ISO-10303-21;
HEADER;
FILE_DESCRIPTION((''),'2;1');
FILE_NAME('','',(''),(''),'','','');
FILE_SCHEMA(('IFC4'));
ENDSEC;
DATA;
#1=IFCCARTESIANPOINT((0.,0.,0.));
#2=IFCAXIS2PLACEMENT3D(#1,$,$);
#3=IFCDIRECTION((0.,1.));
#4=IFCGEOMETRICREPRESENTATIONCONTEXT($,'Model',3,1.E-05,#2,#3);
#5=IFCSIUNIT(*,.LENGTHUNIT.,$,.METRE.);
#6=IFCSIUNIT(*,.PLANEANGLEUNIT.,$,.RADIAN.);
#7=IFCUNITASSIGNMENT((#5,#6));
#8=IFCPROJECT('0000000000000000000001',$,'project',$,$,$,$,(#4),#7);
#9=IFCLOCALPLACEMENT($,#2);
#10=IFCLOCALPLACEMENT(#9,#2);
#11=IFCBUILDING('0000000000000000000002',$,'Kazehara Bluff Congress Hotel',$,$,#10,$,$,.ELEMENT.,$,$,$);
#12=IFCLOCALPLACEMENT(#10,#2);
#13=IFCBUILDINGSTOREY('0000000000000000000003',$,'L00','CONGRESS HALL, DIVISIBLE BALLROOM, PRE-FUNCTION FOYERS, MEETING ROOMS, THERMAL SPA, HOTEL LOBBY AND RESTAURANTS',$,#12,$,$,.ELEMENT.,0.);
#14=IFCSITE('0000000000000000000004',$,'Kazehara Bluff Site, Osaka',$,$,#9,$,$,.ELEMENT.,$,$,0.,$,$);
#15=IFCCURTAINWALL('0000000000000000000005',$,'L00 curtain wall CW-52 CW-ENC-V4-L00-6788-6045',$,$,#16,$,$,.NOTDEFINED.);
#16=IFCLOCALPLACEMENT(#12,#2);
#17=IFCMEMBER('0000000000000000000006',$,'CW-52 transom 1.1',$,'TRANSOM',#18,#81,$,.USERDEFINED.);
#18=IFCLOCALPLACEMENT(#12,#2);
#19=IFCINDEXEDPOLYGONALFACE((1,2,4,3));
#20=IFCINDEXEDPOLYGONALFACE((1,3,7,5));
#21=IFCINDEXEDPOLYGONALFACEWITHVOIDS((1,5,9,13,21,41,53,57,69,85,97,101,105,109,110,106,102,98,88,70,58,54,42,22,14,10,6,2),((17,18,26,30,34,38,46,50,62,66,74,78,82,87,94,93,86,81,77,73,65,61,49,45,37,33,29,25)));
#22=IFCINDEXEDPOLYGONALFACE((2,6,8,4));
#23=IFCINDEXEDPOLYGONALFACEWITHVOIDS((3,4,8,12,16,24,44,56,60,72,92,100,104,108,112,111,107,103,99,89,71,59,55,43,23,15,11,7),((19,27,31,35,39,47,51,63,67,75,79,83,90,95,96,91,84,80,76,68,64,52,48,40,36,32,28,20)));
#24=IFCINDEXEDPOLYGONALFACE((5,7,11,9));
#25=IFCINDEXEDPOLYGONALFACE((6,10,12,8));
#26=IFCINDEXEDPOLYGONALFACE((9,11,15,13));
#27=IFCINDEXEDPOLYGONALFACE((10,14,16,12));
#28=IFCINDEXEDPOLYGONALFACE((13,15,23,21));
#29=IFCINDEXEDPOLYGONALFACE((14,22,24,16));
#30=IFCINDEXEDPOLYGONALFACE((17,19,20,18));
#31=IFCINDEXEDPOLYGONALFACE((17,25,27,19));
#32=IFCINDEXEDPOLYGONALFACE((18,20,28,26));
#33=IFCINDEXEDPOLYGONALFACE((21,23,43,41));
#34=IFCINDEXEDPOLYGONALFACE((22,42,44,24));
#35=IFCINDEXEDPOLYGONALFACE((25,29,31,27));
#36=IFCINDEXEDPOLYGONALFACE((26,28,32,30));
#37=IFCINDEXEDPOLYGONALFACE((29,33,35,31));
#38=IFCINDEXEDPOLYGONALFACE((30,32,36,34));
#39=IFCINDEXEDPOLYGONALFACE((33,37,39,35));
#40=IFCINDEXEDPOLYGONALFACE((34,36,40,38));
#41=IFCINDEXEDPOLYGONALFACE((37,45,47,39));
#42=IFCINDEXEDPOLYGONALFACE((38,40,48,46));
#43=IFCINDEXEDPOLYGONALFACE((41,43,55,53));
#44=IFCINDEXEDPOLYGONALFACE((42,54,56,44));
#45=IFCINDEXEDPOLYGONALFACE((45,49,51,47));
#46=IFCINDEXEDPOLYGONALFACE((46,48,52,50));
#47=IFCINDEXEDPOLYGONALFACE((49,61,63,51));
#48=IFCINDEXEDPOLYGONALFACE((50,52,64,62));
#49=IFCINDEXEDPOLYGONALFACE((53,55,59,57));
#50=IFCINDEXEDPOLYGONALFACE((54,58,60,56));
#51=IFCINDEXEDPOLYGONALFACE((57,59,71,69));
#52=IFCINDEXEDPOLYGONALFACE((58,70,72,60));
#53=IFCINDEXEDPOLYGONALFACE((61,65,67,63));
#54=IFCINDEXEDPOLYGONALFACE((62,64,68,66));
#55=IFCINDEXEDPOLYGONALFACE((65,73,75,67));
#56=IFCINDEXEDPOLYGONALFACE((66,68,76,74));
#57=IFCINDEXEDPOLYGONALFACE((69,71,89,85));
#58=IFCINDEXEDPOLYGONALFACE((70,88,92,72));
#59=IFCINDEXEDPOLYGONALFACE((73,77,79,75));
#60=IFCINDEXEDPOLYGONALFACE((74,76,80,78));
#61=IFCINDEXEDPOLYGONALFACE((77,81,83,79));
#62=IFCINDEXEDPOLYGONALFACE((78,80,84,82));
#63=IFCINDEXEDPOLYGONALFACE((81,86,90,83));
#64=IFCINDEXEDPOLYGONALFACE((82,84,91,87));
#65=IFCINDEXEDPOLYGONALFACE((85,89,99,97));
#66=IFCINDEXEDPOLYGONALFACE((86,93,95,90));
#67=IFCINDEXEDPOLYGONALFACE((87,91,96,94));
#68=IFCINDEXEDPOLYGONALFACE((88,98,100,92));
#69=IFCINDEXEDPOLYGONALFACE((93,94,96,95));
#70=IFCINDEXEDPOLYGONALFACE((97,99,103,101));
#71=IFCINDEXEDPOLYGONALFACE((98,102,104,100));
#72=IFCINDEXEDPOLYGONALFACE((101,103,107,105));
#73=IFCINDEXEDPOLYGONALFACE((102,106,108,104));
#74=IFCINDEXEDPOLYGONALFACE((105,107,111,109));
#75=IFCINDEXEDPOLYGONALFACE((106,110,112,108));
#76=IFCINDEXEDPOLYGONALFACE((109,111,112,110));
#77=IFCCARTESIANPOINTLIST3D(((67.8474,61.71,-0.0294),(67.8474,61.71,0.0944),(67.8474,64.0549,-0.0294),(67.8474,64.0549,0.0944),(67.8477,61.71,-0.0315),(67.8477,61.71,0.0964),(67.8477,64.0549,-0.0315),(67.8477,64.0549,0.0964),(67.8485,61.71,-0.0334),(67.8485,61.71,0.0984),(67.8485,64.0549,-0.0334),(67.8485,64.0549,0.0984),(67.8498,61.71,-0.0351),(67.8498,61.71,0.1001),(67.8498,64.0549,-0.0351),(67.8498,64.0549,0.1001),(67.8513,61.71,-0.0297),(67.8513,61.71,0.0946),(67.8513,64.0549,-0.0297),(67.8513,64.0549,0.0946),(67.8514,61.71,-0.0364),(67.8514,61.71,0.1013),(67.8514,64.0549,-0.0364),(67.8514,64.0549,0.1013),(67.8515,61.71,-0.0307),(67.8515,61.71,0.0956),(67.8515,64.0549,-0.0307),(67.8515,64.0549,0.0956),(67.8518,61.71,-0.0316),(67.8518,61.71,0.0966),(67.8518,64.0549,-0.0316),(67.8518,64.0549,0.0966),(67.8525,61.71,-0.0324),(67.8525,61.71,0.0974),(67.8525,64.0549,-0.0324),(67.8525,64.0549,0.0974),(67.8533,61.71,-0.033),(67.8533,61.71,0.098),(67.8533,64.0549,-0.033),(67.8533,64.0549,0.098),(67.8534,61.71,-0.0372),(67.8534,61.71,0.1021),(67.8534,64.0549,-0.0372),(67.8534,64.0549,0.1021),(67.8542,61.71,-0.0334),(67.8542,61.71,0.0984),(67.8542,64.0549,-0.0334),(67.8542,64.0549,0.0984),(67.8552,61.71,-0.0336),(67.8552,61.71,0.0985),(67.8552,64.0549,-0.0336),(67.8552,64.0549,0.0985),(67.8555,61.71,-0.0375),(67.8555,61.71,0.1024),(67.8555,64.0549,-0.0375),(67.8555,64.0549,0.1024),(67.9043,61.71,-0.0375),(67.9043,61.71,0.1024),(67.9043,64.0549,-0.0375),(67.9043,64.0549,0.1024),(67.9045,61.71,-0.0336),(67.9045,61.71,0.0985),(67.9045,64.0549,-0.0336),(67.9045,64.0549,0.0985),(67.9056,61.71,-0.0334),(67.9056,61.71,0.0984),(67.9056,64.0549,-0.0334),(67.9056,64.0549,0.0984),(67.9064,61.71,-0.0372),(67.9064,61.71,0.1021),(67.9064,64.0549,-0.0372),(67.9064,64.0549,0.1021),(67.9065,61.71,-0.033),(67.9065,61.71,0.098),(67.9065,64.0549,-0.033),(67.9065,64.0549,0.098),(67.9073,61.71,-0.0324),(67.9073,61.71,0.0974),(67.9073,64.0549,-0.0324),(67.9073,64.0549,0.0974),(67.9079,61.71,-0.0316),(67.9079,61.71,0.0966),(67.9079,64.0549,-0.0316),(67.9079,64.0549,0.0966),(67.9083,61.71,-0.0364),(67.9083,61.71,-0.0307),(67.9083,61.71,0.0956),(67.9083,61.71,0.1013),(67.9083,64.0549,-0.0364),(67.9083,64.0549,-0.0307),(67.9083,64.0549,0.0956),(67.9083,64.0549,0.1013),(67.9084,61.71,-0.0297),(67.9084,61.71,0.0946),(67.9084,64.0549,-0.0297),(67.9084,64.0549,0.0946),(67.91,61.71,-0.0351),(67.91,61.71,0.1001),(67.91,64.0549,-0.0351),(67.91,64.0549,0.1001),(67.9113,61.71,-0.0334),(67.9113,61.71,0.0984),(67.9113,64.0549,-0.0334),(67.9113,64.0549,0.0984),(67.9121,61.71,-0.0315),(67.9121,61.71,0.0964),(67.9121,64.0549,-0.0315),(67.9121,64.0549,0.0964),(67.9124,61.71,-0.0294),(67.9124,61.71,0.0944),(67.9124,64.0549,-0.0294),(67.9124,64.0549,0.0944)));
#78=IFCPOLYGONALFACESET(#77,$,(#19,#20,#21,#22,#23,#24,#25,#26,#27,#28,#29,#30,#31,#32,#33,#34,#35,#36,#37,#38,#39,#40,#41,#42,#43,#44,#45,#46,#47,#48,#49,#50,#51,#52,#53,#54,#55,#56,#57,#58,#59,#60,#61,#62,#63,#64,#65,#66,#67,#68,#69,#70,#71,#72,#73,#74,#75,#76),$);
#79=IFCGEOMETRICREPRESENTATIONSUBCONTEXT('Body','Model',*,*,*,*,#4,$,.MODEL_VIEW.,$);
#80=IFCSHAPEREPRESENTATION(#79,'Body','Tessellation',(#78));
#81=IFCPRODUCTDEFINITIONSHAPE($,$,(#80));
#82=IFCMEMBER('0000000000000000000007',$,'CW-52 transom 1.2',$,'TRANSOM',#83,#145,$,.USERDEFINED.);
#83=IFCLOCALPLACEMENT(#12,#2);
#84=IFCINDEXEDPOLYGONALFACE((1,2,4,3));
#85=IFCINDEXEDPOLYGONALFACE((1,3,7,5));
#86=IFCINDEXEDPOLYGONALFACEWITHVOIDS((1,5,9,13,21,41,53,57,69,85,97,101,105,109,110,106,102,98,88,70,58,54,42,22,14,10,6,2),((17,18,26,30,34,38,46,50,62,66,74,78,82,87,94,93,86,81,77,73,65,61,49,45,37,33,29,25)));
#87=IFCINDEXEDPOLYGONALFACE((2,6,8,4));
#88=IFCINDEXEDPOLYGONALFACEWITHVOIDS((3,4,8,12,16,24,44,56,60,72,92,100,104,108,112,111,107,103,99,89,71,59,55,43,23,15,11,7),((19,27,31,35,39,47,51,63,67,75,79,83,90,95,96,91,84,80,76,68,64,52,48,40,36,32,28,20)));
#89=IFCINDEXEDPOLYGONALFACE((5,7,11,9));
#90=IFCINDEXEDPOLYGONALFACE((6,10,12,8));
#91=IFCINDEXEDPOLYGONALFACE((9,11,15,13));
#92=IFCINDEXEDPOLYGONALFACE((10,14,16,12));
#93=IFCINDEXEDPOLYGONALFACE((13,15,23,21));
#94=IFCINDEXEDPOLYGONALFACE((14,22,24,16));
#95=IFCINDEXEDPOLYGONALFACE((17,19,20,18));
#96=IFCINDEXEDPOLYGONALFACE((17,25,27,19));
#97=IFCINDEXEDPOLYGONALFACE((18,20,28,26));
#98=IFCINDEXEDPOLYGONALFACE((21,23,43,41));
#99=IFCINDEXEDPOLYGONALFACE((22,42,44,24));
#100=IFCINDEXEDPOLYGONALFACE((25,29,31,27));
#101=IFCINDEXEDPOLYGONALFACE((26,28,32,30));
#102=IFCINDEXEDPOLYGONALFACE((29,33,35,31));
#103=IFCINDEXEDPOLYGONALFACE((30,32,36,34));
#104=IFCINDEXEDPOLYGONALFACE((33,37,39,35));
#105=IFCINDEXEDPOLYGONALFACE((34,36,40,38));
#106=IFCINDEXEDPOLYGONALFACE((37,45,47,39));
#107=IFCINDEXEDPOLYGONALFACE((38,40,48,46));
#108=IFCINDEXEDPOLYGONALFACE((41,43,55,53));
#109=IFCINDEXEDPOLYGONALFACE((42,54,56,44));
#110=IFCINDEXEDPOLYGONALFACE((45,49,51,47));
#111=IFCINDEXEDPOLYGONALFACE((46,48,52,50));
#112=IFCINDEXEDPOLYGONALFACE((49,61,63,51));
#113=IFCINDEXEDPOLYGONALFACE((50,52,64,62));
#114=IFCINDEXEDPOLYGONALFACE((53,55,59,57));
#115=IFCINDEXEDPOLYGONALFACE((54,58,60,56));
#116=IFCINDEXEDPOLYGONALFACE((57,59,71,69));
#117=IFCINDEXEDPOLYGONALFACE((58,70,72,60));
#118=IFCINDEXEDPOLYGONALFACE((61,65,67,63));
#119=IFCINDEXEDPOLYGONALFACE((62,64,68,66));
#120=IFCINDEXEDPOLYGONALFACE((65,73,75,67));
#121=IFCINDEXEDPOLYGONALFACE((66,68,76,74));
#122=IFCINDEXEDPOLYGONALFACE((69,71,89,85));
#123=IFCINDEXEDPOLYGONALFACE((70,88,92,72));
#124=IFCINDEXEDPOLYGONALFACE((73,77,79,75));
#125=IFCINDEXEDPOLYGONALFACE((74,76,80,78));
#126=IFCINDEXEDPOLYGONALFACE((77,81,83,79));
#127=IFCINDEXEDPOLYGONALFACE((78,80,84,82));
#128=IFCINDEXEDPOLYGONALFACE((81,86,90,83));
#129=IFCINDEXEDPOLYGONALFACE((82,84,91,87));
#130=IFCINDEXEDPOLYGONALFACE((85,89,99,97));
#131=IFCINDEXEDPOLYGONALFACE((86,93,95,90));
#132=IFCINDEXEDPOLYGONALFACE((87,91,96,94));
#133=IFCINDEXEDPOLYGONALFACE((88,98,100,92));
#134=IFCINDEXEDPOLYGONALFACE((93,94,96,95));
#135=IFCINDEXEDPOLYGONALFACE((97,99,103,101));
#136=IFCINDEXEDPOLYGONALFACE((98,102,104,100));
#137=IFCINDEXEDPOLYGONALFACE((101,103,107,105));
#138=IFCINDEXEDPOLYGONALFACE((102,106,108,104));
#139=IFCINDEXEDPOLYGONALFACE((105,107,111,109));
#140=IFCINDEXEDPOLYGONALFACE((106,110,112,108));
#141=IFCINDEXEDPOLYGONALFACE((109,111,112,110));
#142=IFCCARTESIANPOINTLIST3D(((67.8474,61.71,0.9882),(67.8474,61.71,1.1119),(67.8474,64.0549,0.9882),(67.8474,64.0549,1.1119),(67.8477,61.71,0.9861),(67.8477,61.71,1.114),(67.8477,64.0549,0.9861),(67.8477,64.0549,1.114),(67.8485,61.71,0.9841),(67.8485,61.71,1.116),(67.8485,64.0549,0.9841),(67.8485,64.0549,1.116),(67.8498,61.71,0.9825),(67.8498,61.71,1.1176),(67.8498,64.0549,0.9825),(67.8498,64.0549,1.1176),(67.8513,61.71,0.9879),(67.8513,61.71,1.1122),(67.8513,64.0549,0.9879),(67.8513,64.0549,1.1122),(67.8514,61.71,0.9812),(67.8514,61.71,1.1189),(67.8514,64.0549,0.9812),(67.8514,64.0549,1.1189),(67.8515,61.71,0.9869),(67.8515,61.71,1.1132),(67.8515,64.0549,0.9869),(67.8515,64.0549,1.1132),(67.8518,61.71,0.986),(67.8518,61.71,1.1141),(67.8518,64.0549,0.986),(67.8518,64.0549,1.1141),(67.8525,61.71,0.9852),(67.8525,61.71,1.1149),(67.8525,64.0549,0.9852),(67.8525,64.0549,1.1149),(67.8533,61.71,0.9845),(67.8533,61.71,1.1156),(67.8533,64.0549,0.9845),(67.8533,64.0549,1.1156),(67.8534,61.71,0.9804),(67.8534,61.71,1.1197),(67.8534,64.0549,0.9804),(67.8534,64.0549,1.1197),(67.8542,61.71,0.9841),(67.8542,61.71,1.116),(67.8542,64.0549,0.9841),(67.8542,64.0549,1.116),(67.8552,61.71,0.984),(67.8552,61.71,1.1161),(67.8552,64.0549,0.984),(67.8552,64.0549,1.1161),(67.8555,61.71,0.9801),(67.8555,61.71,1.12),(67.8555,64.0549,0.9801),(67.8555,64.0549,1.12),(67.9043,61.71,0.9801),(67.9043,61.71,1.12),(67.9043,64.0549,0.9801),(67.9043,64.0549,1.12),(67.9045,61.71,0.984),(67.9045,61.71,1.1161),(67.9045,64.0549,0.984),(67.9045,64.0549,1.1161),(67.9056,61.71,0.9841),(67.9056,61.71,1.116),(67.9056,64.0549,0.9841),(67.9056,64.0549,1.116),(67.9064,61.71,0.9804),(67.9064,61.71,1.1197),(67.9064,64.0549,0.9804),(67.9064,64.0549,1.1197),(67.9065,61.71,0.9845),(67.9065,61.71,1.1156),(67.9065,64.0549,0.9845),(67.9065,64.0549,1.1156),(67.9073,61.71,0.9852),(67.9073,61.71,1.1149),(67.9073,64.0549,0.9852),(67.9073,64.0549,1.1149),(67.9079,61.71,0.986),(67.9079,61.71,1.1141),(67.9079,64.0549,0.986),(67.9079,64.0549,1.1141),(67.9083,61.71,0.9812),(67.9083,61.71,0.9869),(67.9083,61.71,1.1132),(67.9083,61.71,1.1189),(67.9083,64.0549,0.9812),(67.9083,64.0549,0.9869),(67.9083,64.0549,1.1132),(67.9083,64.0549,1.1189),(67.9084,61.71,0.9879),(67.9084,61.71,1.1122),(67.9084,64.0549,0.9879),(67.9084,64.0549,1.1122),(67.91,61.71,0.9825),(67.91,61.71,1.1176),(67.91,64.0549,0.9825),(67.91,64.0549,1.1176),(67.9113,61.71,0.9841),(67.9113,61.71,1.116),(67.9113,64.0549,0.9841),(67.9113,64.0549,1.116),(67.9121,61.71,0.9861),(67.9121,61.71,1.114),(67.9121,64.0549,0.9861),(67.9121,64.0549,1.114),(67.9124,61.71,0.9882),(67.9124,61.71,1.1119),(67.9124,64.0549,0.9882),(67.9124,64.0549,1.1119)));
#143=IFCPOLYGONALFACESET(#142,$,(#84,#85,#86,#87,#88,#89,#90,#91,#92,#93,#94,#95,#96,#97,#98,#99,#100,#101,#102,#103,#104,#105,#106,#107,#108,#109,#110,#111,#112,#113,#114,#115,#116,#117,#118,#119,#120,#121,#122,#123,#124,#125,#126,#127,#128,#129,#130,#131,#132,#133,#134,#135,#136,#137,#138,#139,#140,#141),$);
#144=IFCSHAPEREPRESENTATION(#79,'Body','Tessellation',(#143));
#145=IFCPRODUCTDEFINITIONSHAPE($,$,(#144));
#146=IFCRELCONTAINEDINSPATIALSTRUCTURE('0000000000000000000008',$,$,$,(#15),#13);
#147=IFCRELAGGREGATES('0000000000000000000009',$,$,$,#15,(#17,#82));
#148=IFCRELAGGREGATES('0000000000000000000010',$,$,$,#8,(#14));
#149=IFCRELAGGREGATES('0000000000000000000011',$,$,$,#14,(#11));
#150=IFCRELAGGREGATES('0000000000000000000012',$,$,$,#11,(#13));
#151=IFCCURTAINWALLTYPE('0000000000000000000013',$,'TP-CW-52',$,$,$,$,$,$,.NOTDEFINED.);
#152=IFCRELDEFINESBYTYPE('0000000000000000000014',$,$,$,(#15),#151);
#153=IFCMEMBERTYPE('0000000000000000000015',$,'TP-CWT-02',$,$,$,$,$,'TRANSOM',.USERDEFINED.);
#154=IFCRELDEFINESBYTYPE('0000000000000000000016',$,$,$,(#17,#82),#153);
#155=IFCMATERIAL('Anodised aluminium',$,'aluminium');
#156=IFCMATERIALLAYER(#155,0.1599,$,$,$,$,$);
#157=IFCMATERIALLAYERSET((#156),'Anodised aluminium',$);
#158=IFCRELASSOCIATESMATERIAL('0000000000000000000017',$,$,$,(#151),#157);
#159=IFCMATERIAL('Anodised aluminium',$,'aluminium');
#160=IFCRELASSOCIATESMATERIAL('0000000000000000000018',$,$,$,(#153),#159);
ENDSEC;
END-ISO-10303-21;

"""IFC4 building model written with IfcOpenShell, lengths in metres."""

from ifc_helpers import new_model, si_unit, direction, frame, origin, origin_2d, place, context, subcontext, project, spatial, hollow_rectangle, extrude, material, layer, layer_set, material_profile, profile_set, type_object, element, aggregate, save


model = new_model("IFC4")

# Units and contexts
model_context = context("Model", 3, precision=1e-05, world=origin(), true_north=direction((0.0, 1.0)))
body_context = subcontext(model_context, "Body", "Model", "MODEL_VIEW")
ifc_project = project(units=[si_unit("LENGTHUNIT", "METRE"), si_unit("PLANEANGLEUNIT", "RADIAN")], contexts=[model_context])

# Site, building, storey
site_placement = place(None, origin())
site = spatial("IfcSite", under=ifc_project, at=site_placement, Name="Kazehara Bluff Site, Osaka", CompositionType="ELEMENT", RefElevation=0.0)
building_placement = place(site_placement, origin())
building = spatial("IfcBuilding", under=site, at=building_placement, Name="Kazehara Bluff Congress Hotel", CompositionType="ELEMENT")
storey_placement = place(building_placement, origin())
storey = spatial("IfcBuildingStorey", under=building, at=storey_placement, Name="L00", Description="CONGRESS HALL, DIVISIBLE BALLROOM, PRE-FUNCTION FOYERS, MEETING ROOMS, THERMAL SPA, HOTEL LOBBY AND RESTAURANTS", CompositionType="ELEMENT", Elevation=0.0)

# Curtain wall
ifc_material_1 = material(Name="Anodised aluminium", Category="aluminium")
ifc_layer_1 = layer(ifc_material_1, 0.1599)
ifc_layer_set_1 = layer_set([ifc_layer_1], Name="Anodised aluminium")
curtain_wall_type_1 = type_object("IfcCurtainWallType", Name="TP-CW-52", PredefinedType="NOTDEFINED", material=ifc_layer_set_1)
curtain_wall_1_placement = place(storey_placement, origin())
curtain_wall_1 = element("IfcCurtainWall", 1, at=curtain_wall_1_placement, inside=storey, type_object=curtain_wall_type_1, Name="L00 curtain wall CW-52 CW-ENC-V4-L00-6788-6045", PredefinedType="NOTDEFINED")

# Members
ifc_material_2 = material(Name="Anodised aluminium", Category="aluminium")
ifc_material_profile_1 = material_profile(ifc_material_2, hollow_rectangle(XDim=0.0649, YDim=0.1399, WallThickness=0.0039, InnerFilletRadius=0.0039, OuterFilletRadius=0.0081, at=origin_2d()))
ifc_profile_set_1 = profile_set([ifc_material_profile_1], Name="Anodised aluminium")
member_type_1 = type_object("IfcMemberType", Name="TP-CWT-02", ElementType="TRANSOM", PredefinedType="USERDEFINED", material=ifc_profile_set_1)
member_1_placement = place(storey_placement, frame((67.8799, 64.0549, 0.0325), z_axis=(0.0, -1.0, 0.0), x_axis=(1.0, 0.0, 0.0)))
member_1 = element("IfcMember", 2, at=member_1_placement, type_object=member_type_1, Name="CW-52 transom 1.1", ObjectType="TRANSOM", PredefinedType="USERDEFINED", context=body_context, shape_type="SweptSolid", body=[
    extrude(hollow_rectangle(XDim=0.0649, YDim=0.1399, WallThickness=0.0039, InnerFilletRadius=0.0039, OuterFilletRadius=0.0081, at=origin_2d()), origin(), (0.0, 0.0, 1.0), 2.345),
])
member_2_placement = place(storey_placement, frame((67.8799, 64.0549, 1.05), z_axis=(0.0, -1.0, 0.0), x_axis=(1.0, 0.0, 0.0)))
member_2 = element("IfcMember", 3, at=member_2_placement, type_object=member_type_1, Name="CW-52 transom 1.2", ObjectType="TRANSOM", PredefinedType="USERDEFINED", context=body_context, shape_type="SweptSolid", body=[
    extrude(hollow_rectangle(XDim=0.0649, YDim=0.1399, WallThickness=0.0039, InnerFilletRadius=0.0039, OuterFilletRadius=0.0081, at=origin_2d()), origin(), (0.0, 0.0, 1.0), 2.345),
])

aggregate(curtain_wall_1, [member_1, member_2])

save(model, "model.ifc")
